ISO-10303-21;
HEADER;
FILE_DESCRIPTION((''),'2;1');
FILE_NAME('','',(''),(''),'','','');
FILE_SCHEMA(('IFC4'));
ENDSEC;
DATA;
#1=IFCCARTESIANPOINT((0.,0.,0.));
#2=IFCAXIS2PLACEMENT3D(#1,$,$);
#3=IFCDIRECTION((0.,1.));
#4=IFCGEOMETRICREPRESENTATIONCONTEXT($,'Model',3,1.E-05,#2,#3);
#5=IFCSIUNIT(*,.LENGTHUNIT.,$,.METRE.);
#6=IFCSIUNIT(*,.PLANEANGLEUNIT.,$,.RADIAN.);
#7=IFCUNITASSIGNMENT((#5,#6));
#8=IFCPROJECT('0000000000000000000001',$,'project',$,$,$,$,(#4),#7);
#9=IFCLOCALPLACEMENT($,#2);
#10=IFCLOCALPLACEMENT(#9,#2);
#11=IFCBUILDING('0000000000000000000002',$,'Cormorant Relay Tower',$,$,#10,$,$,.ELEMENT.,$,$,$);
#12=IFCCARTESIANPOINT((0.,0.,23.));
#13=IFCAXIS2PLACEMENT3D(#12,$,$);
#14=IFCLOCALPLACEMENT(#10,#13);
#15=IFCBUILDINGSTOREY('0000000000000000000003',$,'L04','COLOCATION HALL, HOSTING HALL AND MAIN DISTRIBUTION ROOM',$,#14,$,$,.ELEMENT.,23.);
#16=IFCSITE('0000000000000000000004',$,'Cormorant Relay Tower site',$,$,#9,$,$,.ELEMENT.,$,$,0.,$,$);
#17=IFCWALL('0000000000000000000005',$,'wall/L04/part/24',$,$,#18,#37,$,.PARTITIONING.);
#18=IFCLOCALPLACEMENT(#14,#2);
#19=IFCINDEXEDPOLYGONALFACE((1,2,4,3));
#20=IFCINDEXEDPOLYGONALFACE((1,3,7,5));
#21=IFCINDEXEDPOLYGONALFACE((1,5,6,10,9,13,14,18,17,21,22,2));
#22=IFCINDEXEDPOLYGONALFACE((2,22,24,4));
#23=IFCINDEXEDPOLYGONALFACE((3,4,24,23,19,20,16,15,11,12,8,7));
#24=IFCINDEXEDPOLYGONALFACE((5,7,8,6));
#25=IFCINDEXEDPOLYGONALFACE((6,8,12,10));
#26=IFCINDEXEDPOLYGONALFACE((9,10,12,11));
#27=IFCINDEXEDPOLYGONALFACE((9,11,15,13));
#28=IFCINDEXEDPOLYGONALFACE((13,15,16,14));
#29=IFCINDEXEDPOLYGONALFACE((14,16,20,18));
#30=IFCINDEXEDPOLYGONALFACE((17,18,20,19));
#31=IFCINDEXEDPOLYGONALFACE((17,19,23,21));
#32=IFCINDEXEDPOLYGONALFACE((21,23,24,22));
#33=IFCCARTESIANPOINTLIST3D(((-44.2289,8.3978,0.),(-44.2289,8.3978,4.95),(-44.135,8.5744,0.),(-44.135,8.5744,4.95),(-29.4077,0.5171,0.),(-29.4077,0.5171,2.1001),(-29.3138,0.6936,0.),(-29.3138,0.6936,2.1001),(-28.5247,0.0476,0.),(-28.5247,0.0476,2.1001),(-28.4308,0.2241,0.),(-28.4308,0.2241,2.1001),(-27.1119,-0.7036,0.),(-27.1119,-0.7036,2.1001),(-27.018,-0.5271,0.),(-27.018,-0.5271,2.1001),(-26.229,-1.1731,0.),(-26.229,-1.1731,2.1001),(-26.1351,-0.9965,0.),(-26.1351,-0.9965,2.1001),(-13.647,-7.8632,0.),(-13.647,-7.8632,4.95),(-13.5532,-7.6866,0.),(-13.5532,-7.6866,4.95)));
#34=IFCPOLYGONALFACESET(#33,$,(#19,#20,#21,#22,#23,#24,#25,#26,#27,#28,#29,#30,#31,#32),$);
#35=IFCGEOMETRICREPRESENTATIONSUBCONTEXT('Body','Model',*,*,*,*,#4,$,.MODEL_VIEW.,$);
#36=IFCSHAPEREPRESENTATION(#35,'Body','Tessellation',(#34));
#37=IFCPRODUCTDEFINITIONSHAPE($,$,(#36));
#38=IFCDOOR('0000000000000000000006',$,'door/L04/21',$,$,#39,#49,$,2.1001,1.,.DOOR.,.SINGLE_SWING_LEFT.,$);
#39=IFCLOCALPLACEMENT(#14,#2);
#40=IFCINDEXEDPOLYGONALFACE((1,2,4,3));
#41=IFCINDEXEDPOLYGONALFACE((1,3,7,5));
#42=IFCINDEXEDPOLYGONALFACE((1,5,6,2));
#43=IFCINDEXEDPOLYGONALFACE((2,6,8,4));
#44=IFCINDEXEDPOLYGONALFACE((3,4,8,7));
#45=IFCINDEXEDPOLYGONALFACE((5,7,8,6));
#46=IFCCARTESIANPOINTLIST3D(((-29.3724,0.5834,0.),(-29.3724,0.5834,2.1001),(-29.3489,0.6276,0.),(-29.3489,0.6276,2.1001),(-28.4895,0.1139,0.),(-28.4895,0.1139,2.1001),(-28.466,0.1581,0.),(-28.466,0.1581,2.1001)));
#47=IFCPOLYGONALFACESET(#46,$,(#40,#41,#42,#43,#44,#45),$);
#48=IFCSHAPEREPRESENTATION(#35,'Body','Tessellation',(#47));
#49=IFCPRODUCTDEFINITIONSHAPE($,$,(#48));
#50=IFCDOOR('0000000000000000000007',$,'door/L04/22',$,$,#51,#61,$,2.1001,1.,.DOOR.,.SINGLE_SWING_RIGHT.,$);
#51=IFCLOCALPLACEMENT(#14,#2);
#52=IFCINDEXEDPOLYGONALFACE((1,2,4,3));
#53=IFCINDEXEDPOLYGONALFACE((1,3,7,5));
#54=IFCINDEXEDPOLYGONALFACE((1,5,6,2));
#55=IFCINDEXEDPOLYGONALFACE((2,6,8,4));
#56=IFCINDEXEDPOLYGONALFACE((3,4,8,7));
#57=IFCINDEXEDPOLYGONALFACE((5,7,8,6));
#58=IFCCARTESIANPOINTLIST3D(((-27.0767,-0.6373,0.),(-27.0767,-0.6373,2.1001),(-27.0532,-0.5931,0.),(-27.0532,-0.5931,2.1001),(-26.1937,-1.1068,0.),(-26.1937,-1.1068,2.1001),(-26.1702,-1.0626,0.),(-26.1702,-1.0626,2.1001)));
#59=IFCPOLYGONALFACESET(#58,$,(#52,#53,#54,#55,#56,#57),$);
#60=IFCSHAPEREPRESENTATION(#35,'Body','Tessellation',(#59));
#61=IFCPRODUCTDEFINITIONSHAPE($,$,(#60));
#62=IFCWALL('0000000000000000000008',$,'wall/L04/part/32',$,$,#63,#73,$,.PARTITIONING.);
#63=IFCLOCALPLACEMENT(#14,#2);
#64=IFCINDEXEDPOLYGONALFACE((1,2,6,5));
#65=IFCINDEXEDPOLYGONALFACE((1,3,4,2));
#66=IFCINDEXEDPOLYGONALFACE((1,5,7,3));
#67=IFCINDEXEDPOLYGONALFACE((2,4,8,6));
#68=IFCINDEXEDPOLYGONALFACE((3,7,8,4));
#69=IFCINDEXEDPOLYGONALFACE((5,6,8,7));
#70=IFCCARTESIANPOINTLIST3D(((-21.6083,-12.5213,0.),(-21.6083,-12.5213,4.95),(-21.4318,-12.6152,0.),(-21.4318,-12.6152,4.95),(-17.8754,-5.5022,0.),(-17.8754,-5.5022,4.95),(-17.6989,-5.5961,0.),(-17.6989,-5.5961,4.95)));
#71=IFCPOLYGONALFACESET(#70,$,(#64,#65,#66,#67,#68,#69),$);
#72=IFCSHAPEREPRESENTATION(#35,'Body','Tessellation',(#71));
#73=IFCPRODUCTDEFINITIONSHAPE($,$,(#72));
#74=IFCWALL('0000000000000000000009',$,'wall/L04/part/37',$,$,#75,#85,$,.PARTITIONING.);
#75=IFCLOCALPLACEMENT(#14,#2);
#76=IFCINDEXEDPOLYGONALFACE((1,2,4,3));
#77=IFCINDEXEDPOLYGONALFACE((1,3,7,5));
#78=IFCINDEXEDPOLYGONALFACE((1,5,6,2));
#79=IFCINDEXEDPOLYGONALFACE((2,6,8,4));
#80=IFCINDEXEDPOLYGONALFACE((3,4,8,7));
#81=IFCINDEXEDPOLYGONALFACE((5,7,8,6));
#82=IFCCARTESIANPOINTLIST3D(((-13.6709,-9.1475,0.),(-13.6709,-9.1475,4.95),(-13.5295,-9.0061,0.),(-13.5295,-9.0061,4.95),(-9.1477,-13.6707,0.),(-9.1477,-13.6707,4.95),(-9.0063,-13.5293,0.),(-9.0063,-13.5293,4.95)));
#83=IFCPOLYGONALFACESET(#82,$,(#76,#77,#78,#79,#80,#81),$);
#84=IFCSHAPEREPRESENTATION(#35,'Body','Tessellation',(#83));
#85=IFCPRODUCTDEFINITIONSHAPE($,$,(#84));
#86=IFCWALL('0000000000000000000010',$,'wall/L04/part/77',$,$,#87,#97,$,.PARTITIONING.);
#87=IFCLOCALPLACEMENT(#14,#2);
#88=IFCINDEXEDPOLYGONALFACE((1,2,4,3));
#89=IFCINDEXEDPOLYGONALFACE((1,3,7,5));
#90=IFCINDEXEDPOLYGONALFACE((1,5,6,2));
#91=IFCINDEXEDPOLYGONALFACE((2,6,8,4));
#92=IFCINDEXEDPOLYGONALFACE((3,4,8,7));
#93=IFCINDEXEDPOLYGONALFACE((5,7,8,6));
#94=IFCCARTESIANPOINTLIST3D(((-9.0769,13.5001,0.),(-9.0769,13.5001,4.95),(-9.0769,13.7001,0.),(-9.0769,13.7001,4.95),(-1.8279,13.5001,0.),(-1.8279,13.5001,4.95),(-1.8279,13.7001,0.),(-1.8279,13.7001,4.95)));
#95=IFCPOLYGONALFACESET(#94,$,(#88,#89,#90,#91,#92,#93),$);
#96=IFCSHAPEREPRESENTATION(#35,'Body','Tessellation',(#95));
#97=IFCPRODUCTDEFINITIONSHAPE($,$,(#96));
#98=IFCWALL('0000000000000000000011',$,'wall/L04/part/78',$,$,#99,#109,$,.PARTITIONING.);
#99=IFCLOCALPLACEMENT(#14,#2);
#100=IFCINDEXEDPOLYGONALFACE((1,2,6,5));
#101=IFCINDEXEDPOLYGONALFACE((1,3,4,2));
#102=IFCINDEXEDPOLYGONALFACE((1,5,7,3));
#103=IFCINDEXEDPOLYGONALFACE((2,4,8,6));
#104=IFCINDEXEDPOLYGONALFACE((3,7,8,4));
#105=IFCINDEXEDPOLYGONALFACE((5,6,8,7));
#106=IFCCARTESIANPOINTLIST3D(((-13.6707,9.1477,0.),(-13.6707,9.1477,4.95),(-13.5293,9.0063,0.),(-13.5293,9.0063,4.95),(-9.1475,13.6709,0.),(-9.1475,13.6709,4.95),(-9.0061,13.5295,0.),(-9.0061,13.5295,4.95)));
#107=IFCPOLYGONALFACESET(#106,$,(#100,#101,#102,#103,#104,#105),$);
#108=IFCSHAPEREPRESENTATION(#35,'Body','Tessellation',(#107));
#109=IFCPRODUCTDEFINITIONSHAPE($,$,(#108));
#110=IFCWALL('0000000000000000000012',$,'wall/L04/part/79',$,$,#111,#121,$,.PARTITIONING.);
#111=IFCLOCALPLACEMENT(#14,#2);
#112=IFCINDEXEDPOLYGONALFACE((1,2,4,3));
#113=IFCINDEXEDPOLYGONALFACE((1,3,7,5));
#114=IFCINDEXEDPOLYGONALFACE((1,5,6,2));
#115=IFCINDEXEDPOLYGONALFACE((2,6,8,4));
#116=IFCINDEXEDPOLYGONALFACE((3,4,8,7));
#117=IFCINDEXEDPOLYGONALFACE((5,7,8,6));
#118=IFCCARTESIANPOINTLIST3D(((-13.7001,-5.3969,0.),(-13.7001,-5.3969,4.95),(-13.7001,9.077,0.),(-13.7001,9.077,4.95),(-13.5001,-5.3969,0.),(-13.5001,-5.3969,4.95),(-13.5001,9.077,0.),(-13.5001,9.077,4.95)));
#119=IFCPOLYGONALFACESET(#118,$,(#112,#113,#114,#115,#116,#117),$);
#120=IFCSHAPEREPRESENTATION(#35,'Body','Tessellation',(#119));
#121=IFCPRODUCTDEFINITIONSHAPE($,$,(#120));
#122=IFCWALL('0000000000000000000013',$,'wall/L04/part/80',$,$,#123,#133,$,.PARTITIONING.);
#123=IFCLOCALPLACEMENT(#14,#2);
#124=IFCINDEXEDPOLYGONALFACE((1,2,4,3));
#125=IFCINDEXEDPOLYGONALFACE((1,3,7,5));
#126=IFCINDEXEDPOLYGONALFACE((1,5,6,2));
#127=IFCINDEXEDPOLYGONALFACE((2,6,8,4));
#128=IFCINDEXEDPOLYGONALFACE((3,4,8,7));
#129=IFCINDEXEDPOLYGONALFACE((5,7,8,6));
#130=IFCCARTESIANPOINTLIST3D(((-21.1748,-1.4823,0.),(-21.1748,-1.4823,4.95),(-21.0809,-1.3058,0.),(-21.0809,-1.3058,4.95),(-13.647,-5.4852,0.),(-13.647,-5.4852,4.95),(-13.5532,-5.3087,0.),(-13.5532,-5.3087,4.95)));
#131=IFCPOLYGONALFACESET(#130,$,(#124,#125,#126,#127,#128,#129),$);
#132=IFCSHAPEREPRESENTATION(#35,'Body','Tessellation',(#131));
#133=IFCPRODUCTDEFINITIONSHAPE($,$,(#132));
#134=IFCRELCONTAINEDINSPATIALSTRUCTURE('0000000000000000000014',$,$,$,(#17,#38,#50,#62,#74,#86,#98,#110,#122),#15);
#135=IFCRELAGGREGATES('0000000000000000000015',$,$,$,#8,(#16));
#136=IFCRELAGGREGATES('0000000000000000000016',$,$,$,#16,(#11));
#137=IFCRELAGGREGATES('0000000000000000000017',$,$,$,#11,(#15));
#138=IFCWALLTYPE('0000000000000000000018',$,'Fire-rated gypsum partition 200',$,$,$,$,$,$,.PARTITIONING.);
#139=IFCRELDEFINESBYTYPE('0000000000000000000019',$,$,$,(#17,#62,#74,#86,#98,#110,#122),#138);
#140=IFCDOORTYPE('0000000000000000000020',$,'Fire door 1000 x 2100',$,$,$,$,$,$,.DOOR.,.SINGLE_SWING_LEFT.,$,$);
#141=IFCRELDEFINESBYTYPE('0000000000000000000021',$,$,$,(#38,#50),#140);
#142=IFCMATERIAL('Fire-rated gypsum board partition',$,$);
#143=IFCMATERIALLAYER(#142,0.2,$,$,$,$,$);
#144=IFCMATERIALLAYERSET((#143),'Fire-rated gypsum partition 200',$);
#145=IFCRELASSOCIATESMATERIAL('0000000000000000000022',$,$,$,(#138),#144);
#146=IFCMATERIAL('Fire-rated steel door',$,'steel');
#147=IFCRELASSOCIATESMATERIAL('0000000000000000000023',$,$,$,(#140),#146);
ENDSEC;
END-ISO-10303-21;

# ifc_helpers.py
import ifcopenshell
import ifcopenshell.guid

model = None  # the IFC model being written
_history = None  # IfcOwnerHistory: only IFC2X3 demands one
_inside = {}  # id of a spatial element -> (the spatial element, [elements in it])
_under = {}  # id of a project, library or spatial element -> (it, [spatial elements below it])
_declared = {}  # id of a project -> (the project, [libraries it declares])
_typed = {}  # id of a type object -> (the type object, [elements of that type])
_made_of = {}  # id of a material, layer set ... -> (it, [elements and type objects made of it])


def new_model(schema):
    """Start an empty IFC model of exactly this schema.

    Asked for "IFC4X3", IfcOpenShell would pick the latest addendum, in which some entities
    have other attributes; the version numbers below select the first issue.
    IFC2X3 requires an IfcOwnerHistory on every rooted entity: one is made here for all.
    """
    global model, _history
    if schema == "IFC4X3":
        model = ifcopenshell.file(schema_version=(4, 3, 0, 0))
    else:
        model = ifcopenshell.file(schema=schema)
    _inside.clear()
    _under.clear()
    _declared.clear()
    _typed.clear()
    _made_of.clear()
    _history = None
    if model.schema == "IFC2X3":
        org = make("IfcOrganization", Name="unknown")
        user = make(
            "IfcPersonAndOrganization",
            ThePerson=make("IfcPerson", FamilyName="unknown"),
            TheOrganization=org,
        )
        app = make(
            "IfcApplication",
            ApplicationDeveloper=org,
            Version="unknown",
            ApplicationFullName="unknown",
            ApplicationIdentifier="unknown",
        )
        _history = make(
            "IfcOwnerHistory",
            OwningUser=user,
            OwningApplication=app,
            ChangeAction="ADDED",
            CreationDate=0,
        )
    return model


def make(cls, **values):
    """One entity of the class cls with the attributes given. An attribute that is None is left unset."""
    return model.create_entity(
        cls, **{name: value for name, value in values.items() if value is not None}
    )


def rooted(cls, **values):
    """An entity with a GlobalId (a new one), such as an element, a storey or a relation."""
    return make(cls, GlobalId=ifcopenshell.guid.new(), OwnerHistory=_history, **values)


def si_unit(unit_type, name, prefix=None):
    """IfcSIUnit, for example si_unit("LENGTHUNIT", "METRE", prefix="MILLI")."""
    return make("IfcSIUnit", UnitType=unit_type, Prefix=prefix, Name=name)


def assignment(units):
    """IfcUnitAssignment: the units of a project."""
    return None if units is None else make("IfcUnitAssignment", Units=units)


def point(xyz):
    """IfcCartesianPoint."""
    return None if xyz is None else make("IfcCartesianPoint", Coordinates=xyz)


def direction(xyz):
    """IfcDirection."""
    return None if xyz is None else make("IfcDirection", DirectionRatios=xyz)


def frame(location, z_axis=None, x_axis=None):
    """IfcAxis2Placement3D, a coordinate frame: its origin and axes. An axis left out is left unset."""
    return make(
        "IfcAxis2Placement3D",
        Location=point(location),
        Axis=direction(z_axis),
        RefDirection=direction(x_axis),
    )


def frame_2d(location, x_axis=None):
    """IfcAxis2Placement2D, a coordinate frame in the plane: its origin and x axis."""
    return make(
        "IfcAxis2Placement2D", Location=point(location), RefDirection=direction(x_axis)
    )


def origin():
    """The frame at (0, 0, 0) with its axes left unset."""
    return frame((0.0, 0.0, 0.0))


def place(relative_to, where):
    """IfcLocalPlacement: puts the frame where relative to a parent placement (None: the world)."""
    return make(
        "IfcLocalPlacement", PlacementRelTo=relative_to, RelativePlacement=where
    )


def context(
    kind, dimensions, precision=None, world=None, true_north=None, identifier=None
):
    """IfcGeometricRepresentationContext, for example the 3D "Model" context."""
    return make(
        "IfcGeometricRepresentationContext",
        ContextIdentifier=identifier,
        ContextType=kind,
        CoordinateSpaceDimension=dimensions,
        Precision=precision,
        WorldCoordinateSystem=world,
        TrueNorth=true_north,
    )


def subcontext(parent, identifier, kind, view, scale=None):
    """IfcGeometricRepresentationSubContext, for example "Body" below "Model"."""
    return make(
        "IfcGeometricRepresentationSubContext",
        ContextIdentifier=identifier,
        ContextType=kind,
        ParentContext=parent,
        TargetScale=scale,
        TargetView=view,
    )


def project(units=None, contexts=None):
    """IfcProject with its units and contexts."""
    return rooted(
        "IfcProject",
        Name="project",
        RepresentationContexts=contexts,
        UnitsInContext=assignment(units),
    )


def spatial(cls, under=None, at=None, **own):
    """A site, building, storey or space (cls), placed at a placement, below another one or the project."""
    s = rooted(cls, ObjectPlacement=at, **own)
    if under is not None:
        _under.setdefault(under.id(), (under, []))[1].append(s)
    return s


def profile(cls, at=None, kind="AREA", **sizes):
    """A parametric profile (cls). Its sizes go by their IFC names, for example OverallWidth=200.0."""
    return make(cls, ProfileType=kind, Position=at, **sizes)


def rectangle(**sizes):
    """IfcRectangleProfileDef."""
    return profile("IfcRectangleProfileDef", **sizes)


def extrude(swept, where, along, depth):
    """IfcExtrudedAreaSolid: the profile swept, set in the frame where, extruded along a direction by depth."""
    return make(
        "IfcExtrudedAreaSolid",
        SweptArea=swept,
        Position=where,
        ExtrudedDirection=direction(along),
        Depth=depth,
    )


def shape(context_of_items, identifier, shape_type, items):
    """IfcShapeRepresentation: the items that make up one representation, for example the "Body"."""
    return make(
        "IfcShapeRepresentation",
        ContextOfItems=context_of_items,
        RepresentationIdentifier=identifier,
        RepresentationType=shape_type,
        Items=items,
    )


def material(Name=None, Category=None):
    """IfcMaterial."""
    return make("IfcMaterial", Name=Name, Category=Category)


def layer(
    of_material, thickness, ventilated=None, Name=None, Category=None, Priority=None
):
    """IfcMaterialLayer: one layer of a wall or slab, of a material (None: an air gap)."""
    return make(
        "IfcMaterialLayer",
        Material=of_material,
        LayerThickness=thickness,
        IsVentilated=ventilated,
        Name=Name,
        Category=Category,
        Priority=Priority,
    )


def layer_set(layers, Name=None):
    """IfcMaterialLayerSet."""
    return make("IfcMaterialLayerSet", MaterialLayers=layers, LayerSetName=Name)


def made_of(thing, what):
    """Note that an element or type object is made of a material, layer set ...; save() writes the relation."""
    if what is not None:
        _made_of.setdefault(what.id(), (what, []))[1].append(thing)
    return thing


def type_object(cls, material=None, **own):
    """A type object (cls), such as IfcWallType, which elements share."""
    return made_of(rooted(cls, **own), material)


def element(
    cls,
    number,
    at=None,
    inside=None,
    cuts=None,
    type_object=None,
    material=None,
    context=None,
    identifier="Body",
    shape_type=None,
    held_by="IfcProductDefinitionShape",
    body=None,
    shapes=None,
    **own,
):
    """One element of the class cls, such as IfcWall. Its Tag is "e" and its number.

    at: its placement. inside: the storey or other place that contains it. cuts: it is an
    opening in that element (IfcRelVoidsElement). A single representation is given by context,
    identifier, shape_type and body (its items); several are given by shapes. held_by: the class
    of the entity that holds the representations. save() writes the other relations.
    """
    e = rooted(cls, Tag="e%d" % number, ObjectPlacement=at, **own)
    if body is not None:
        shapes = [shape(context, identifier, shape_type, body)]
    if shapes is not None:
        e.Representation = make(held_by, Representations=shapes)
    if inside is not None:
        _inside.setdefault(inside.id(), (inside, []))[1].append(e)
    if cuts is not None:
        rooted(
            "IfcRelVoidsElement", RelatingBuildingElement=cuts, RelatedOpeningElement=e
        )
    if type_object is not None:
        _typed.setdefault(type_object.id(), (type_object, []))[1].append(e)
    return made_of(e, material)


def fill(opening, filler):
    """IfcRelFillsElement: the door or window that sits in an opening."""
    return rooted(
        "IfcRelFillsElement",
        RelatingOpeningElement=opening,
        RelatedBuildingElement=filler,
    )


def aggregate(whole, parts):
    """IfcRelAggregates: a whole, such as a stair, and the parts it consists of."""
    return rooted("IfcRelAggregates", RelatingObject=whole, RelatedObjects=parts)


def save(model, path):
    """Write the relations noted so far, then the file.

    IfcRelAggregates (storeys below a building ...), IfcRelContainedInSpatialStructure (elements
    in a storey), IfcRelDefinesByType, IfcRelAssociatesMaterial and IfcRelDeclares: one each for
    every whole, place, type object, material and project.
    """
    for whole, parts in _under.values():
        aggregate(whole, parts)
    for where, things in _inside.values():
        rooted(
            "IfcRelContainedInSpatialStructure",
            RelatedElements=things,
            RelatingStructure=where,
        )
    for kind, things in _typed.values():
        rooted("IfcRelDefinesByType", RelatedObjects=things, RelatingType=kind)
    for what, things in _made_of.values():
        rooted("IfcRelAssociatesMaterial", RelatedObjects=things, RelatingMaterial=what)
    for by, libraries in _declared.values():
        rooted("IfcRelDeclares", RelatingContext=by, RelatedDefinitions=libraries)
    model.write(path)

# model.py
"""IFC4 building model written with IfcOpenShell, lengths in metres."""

from ifc_helpers import new_model, si_unit, direction, frame, frame_2d, origin, place, context, subcontext, project, spatial, rectangle, extrude, material, layer, layer_set, type_object, element, fill, save


model = new_model("IFC4")

# Units and contexts
model_context = context("Model", 3, precision=1e-05, world=origin(), true_north=direction((0.0, 1.0)))
body_context = subcontext(model_context, "Body", "Model", "MODEL_VIEW")
ifc_project = project(units=[si_unit("LENGTHUNIT", "METRE"), si_unit("PLANEANGLEUNIT", "RADIAN")], contexts=[model_context])

# Site, building, storey
site_placement = place(None, origin())
site = spatial("IfcSite", under=ifc_project, at=site_placement, Name="Cormorant Relay Tower site", CompositionType="ELEMENT", RefElevation=0.0)
building_placement = place(site_placement, origin())
building = spatial("IfcBuilding", under=site, at=building_placement, Name="Cormorant Relay Tower", CompositionType="ELEMENT")
storey_placement = place(building_placement, frame((0.0, 0.0, 23.0)))
storey = spatial("IfcBuildingStorey", under=building, at=storey_placement, Name="L04", Description="COLOCATION HALL, HOSTING HALL AND MAIN DISTRIBUTION ROOM", CompositionType="ELEMENT", Elevation=23.0)

# Shared definitions
ifc_material_1 = material(Name="Fire-rated gypsum board partition")
ifc_layer_1 = layer(ifc_material_1, 0.2)
ifc_layer_set_1 = layer_set([ifc_layer_1], Name="Fire-rated gypsum partition 200")
wall_type_1 = type_object("IfcWallType", Name="Fire-rated gypsum partition 200", PredefinedType="PARTITIONING", material=ifc_layer_set_1)

# Wall, openings, doors
wall_1_placement = place(storey_placement, frame((-13.6001, -7.7749, 0.0), z_axis=(0.0, 0.0, 1.0), x_axis=(-0.882943, 0.46948, 0.0)))
wall_1 = element("IfcWall", 1, at=wall_1_placement, inside=storey, type_object=wall_type_1, Name="wall/L04/part/24", PredefinedType="PARTITIONING", context=body_context, shape_type="SweptSolid", body=[
    extrude(rectangle(XDim=34.6362, YDim=0.2, at=frame_2d((17.3181, 0.0))), origin(), (0.0, 0.0, 1.0), 4.95),
])
opening_1_placement = place(wall_1_placement, frame((16.8501, 0.0, 0.0)))
opening_1 = element("IfcOpeningElement", 2, at=opening_1_placement, cuts=wall_1, PredefinedType="OPENING", context=body_context, shape_type="SweptSolid", body=[
    extrude(rectangle(XDim=1.0, YDim=2.1001, at=frame_2d((0.5, 1.05))), frame((0.0, 0.1099, 0.0), z_axis=(0.0, -1.0, 0.0), x_axis=(1.0, 0.0, 0.0)), (0.0, 0.0, 1.0), 0.22),
])
opening_2_placement = place(wall_1_placement, frame((14.25, 0.0, 0.0)))
opening_2 = element("IfcOpeningElement", 3, at=opening_2_placement, cuts=wall_1, PredefinedType="OPENING", context=body_context, shape_type="SweptSolid", body=[
    extrude(rectangle(XDim=1.0, YDim=2.1001, at=frame_2d((0.5, 1.05))), frame((0.0, 0.1099, 0.0), z_axis=(0.0, -1.0, 0.0), x_axis=(1.0, 0.0, 0.0)), (0.0, 0.0, 1.0), 0.22),
])
ifc_material_2 = material(Name="Fire-rated steel door", Category="steel")
door_type = type_object("IfcDoorType", Name="Fire door 1000 x 2100", OperationType="SINGLE_SWING_LEFT", PredefinedType="DOOR", material=ifc_material_2)
door_1_placement = place(opening_1_placement, origin())
door_1 = element("IfcDoor", 4, at=door_1_placement, inside=storey, type_object=door_type, Name="door/L04/21", OperationType="SINGLE_SWING_LEFT", OverallHeight=2.1001, OverallWidth=1.0, PredefinedType="DOOR", context=body_context, shape_type="SweptSolid", body=[
    extrude(rectangle(XDim=1.0, YDim=2.1001, at=frame_2d((0.5, 1.05))), frame((0.0, 0.0249, 0.0), z_axis=(0.0, -1.0, 0.0), x_axis=(1.0, 0.0, 0.0)), (0.0, 0.0, 1.0), 0.05),
])
fill(opening_1, door_1)
door_2_placement = place(opening_2_placement, origin())
door_2 = element("IfcDoor", 5, at=door_2_placement, inside=storey, type_object=door_type, Name="door/L04/22", OperationType="SINGLE_SWING_RIGHT", OverallHeight=2.1001, OverallWidth=1.0, PredefinedType="DOOR", context=body_context, shape_type="SweptSolid", body=[
    extrude(rectangle(XDim=1.0, YDim=2.1001, at=frame_2d((0.5, 1.05))), frame((0.0, 0.0249, 0.0), z_axis=(0.0, -1.0, 0.0), x_axis=(1.0, 0.0, 0.0)), (0.0, 0.0, 1.0), 0.05),
])
fill(opening_2, door_2)

# Walls
wall_2_placement = place(storey_placement, frame((-17.7871, -5.5491, 0.0), z_axis=(0.0, 0.0, 1.0), x_axis=(-0.469552, -0.882905, 0.0)))
element("IfcWall", 6, at=wall_2_placement, inside=storey, type_object=wall_type_1, Name="wall/L04/part/32", PredefinedType="PARTITIONING", context=body_context, shape_type="SweptSolid", body=[
    extrude(rectangle(XDim=7.95, YDim=0.2, at=frame_2d((3.9751, 0.0))), origin(), (0.0, 0.0, 1.0), 4.95),
])
wall_3_placement = place(storey_placement, frame((-13.6001, -9.0769, 0.0), z_axis=(0.0, 0.0, 1.0), x_axis=(0.707107, -0.707107, 0.0)))
element("IfcWall", 7, at=wall_3_placement, inside=storey, type_object=wall_type_1, Name="wall/L04/part/37", PredefinedType="PARTITIONING", context=body_context, shape_type="SweptSolid", body=[
    extrude(rectangle(XDim=6.3967, YDim=0.2, at=frame_2d((3.1982, 0.0))), origin(), (0.0, 0.0, 1.0), 4.95),
])
wall_4_placement = place(storey_placement, frame((-1.8279, 13.6001, 0.0), z_axis=(0.0, 0.0, 1.0), x_axis=(-1.0, 0.0, 0.0)))
element("IfcWall", 8, at=wall_4_placement, inside=storey, type_object=wall_type_1, Name="wall/L04/part/77", PredefinedType="PARTITIONING", context=body_context, shape_type="SweptSolid", body=[
    extrude(rectangle(XDim=7.249, YDim=0.2, at=frame_2d((3.6245, 0.0))), origin(), (0.0, 0.0, 1.0), 4.95),
])
wall_5_placement = place(storey_placement, frame((-9.0769, 13.6001, 0.0), z_axis=(0.0, 0.0, 1.0), x_axis=(-0.707107, -0.707107, 0.0)))
element("IfcWall", 9, at=wall_5_placement, inside=storey, type_object=wall_type_1, Name="wall/L04/part/78", PredefinedType="PARTITIONING", context=body_context, shape_type="SweptSolid", body=[
    extrude(rectangle(XDim=6.3967, YDim=0.2, at=frame_2d((3.1982, 0.0))), origin(), (0.0, 0.0, 1.0), 4.95),
])
wall_6_placement = place(storey_placement, frame((-13.6001, 9.0769, 0.0), z_axis=(0.0, 0.0, 1.0), x_axis=(0.0, -1.0, 0.0)))
element("IfcWall", 10, at=wall_6_placement, inside=storey, type_object=wall_type_1, Name="wall/L04/part/79", PredefinedType="PARTITIONING", context=body_context, shape_type="SweptSolid", body=[
    extrude(rectangle(XDim=14.4739, YDim=0.2, at=frame_2d((7.2368, 0.0))), origin(), (0.0, 0.0, 1.0), 4.95),
])
wall_7_placement = place(storey_placement, frame((-13.6001, -5.397, 0.0), z_axis=(0.0, 0.0, 1.0), x_axis=(-0.882933, 0.4695, 0.0)))
element("IfcWall", 11, at=wall_7_placement, inside=storey, type_object=wall_type_1, Name="wall/L04/part/80", PredefinedType="PARTITIONING", context=body_context, shape_type="SweptSolid", body=[
    extrude(rectangle(XDim=8.5259, YDim=0.2, at=frame_2d((4.2629, 0.0))), origin(), (0.0, 0.0, 1.0), 4.95),
])

save(model, "model.ifc")
